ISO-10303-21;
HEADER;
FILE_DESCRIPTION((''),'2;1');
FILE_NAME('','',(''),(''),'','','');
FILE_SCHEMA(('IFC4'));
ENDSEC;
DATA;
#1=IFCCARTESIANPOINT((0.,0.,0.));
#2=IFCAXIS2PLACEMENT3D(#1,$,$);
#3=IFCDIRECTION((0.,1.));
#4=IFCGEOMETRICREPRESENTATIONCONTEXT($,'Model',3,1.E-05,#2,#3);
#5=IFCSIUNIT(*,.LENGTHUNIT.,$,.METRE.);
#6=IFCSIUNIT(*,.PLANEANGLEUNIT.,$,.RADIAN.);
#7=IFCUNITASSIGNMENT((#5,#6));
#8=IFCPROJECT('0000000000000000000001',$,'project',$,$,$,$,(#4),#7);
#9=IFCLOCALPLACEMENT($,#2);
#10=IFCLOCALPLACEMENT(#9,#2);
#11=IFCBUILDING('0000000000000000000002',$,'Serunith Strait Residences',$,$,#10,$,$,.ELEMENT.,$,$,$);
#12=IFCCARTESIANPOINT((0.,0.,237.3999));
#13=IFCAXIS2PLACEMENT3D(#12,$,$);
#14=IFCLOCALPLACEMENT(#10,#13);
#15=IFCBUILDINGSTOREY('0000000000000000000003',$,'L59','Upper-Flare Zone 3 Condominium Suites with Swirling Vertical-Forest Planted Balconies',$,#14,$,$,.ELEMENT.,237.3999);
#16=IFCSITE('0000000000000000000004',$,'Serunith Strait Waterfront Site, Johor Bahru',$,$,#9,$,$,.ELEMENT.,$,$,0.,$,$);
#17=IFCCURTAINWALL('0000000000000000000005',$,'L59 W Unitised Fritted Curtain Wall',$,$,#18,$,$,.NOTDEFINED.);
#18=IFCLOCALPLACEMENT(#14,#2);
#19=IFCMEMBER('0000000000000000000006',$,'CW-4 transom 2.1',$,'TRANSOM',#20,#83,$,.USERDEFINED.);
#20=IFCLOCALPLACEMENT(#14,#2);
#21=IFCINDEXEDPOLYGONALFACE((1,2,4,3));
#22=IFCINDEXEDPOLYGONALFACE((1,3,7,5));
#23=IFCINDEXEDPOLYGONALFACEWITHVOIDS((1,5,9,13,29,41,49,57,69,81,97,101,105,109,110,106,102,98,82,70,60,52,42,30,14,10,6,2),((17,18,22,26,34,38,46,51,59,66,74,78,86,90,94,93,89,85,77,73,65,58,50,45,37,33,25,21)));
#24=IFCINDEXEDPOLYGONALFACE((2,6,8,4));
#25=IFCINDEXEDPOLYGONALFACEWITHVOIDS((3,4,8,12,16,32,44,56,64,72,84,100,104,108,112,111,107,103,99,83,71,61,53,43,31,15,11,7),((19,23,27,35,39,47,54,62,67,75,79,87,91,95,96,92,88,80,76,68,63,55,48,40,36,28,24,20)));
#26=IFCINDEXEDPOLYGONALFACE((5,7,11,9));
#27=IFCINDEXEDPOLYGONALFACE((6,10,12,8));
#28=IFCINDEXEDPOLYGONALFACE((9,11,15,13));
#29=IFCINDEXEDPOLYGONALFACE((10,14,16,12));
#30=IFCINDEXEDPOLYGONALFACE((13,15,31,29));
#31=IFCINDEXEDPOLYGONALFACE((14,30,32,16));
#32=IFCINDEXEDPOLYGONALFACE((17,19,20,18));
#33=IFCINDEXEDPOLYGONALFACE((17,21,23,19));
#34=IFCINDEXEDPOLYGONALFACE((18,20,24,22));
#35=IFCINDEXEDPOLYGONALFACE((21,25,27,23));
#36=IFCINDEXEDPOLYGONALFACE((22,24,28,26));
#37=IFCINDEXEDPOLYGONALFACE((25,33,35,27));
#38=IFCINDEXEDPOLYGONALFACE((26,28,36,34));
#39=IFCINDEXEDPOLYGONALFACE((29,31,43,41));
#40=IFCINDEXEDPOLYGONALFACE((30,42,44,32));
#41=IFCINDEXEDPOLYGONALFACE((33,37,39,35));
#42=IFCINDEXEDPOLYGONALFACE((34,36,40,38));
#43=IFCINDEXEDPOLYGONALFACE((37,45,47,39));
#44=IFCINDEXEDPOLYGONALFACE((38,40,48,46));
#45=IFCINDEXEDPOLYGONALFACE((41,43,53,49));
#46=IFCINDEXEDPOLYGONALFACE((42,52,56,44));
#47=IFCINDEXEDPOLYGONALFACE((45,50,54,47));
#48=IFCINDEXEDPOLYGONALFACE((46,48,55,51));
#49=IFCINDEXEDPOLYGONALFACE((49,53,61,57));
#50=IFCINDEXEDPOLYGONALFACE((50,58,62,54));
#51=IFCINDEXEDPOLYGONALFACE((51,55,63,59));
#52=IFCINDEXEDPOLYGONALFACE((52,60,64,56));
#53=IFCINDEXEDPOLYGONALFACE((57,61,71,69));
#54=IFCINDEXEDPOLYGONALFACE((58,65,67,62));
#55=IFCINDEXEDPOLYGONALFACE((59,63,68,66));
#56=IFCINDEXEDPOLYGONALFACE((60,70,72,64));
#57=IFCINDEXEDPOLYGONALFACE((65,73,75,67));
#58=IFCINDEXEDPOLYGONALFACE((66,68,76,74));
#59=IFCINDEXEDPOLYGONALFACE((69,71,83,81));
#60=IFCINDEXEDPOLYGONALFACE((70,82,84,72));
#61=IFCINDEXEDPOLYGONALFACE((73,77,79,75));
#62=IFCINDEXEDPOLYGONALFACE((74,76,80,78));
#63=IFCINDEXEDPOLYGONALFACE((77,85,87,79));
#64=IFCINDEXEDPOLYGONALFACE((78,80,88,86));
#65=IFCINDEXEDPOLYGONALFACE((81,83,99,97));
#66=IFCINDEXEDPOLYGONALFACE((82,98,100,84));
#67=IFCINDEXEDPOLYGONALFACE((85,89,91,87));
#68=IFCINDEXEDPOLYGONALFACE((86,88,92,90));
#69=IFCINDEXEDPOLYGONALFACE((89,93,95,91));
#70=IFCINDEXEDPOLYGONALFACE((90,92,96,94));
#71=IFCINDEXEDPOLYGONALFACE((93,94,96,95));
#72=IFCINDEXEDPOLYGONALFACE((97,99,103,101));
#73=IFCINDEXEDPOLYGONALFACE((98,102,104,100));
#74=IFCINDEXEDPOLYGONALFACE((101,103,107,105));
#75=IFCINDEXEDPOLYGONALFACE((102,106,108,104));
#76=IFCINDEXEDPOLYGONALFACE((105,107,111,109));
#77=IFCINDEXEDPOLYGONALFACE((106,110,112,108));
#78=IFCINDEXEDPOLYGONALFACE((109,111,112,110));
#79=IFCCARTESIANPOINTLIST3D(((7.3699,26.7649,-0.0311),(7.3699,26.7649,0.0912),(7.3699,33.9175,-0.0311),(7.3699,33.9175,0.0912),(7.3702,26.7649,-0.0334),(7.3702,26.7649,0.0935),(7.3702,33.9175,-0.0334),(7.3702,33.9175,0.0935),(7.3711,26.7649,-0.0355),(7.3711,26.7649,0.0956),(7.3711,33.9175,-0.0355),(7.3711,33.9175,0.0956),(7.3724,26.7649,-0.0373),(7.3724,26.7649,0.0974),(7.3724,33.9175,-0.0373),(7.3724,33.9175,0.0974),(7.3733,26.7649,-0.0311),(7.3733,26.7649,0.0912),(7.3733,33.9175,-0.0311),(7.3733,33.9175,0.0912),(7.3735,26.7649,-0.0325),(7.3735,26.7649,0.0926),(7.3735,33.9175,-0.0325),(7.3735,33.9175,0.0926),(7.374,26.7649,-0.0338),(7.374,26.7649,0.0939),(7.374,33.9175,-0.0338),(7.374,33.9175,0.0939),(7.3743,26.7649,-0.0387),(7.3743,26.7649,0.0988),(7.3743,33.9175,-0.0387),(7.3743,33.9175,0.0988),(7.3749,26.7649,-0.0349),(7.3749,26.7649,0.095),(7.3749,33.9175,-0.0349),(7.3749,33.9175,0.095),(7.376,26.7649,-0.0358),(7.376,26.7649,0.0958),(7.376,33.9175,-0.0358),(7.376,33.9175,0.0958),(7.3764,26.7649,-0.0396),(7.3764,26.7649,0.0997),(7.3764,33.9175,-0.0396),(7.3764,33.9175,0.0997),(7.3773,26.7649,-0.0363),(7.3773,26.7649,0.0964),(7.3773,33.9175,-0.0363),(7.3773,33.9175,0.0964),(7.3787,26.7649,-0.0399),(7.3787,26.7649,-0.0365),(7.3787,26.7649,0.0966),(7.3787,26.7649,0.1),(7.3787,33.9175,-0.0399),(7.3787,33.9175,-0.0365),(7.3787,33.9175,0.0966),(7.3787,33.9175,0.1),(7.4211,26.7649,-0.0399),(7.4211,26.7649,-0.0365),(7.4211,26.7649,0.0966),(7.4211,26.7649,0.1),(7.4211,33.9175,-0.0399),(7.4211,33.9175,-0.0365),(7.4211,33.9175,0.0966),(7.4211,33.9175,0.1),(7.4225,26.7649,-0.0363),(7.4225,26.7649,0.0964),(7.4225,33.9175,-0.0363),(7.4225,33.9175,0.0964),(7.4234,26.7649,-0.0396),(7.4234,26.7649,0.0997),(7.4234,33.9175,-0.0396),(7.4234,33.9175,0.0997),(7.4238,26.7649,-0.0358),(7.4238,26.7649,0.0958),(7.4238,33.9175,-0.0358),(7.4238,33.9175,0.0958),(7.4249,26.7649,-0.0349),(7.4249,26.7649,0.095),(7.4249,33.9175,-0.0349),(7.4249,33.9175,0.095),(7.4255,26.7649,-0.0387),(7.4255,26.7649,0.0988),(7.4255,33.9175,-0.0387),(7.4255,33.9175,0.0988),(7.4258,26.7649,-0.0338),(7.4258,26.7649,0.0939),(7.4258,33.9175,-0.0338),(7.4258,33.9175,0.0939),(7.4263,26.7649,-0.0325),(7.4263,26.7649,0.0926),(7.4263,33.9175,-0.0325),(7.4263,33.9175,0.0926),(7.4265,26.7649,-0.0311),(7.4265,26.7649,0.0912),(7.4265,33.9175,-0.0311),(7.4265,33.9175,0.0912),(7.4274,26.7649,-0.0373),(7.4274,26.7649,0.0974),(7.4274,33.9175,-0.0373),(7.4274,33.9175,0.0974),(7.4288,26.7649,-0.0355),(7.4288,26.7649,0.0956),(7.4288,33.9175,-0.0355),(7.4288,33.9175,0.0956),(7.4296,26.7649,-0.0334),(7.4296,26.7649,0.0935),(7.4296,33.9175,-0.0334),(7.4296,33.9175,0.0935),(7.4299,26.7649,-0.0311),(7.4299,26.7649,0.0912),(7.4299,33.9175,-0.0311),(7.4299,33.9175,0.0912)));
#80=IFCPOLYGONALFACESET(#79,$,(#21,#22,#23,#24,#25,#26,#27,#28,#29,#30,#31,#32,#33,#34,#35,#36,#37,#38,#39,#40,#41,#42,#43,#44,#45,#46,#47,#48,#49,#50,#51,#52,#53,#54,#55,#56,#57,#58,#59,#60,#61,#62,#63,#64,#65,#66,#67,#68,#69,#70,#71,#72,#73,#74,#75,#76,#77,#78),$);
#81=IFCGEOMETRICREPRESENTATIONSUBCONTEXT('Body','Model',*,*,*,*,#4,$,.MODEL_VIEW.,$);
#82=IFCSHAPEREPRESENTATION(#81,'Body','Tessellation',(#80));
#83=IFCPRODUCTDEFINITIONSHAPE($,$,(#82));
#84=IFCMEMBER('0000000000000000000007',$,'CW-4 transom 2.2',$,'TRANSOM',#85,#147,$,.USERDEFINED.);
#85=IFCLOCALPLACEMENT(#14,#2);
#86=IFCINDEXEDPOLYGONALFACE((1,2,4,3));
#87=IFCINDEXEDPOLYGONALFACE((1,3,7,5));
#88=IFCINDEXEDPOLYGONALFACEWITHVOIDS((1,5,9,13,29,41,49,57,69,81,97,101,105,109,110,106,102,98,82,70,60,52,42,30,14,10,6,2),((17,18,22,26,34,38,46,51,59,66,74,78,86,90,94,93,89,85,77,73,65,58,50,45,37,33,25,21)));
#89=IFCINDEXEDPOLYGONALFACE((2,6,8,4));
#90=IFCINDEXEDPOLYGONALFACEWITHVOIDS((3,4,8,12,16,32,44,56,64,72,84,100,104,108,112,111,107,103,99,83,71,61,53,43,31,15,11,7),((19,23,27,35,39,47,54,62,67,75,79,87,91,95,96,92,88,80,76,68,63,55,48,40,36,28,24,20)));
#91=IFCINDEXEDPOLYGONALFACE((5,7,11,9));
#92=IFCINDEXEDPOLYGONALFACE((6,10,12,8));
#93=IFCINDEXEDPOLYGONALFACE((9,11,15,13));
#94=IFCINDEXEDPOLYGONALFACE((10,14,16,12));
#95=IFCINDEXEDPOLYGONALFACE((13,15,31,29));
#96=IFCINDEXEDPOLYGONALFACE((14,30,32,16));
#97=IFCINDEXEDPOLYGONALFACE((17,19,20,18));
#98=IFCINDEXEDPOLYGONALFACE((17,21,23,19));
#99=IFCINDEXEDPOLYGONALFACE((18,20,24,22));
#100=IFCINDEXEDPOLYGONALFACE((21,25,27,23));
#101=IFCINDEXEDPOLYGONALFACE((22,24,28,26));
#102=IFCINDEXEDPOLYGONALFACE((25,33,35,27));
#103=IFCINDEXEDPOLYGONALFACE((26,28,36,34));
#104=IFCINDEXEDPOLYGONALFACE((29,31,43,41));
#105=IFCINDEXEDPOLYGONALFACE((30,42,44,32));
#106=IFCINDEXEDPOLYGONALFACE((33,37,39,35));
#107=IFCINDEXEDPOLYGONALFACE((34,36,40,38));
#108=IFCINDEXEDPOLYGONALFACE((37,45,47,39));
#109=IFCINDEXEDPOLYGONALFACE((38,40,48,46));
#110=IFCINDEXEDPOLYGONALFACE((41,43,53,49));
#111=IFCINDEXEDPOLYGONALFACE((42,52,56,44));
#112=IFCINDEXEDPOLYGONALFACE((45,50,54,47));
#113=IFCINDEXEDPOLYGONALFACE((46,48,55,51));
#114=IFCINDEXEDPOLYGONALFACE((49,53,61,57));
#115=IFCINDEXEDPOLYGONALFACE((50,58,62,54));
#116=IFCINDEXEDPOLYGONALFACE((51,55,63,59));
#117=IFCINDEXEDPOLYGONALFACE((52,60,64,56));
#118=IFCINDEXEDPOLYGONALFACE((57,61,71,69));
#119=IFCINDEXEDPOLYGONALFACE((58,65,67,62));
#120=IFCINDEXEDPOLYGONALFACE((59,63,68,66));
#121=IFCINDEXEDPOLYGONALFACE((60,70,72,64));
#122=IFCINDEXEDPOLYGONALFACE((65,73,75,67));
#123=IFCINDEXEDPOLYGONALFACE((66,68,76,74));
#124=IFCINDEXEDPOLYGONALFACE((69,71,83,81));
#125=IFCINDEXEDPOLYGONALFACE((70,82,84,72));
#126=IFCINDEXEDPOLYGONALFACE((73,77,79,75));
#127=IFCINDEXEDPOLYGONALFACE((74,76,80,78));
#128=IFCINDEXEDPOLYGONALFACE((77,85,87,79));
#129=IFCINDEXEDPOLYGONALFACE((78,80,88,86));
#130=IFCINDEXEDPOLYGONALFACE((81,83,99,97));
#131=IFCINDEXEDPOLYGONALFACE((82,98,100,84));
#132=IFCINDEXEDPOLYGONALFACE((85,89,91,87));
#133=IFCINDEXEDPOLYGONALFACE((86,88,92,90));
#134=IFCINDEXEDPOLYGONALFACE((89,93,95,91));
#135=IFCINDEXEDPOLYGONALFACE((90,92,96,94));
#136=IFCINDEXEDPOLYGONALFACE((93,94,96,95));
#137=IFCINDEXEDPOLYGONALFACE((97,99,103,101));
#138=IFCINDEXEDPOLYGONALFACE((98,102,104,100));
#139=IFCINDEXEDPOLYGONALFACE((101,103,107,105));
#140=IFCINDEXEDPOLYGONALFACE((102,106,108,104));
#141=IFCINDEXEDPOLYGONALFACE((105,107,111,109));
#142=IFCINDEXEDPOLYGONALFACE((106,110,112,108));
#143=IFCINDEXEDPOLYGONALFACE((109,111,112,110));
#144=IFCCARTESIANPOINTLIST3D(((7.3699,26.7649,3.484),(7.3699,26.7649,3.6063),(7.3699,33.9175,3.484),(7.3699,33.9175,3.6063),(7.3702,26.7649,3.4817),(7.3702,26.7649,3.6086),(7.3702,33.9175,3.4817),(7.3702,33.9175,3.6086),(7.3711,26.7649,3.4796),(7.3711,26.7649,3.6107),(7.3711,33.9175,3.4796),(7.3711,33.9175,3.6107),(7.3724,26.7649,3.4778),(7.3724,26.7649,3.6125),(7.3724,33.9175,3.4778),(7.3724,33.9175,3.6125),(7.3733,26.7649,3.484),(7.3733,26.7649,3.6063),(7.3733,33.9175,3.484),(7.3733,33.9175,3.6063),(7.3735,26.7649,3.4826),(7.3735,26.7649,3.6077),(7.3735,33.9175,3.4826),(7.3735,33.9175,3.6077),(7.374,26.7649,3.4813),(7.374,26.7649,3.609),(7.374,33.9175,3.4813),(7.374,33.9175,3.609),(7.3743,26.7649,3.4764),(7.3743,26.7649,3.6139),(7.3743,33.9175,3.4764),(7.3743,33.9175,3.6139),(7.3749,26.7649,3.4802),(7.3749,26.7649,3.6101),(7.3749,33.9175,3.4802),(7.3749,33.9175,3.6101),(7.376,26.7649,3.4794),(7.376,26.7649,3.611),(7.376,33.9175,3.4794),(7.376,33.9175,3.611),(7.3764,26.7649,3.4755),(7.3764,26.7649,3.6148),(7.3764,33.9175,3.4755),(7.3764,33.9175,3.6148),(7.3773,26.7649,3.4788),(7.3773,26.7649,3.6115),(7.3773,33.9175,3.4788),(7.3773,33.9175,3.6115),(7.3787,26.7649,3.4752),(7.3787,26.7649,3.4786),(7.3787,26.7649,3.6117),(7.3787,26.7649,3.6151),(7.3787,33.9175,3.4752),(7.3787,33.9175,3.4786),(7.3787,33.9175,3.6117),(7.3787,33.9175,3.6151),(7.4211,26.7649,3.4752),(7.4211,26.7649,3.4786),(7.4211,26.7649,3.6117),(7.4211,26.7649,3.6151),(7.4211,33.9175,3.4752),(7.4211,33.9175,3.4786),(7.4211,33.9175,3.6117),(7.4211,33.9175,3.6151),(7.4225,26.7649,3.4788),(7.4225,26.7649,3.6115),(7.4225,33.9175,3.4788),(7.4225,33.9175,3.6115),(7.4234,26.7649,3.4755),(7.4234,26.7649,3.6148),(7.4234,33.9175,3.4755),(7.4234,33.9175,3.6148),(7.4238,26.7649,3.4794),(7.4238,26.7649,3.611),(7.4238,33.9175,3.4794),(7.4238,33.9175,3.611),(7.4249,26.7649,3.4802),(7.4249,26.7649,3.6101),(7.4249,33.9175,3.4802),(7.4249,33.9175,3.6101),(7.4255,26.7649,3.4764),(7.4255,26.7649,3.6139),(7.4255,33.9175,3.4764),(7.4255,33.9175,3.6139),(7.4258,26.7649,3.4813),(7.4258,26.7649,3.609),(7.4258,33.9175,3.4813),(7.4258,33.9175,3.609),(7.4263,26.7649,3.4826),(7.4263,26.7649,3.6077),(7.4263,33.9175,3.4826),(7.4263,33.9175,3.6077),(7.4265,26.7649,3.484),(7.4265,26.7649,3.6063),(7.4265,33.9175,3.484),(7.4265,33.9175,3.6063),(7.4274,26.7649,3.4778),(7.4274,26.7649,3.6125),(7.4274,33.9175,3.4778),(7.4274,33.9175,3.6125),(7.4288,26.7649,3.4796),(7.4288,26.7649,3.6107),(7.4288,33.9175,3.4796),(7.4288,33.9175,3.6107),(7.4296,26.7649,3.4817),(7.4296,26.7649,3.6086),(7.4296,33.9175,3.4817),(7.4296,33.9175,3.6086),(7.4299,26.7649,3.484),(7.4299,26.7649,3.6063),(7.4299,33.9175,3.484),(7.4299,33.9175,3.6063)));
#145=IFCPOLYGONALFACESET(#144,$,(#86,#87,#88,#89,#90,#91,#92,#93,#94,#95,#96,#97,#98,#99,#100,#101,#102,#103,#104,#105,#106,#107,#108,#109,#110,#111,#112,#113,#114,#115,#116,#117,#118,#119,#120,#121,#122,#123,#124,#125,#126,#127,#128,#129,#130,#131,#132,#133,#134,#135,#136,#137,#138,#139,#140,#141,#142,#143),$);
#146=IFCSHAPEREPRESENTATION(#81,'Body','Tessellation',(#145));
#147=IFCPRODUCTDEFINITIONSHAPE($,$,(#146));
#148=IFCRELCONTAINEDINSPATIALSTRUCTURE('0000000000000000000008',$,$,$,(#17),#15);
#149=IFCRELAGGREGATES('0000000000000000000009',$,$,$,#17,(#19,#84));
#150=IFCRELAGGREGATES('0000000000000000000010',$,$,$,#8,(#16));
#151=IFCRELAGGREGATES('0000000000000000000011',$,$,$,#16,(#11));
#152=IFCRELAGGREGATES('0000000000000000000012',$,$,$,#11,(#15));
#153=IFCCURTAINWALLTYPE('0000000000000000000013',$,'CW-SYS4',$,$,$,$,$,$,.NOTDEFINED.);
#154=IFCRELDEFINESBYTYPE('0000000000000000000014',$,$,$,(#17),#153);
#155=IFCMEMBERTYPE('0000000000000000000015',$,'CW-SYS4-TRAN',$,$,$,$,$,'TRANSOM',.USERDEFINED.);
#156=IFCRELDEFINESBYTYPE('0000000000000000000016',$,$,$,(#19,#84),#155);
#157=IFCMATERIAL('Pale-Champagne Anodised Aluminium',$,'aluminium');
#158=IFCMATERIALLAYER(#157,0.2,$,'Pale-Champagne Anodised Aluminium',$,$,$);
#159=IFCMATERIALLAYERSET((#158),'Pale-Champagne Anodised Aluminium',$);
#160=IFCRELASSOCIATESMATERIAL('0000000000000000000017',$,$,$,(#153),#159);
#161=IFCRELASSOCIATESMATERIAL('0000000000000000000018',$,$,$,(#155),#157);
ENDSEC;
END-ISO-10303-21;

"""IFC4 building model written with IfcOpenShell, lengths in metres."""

from ifc_helpers import new_model, si_unit, direction, frame, origin, origin_2d, place, context, subcontext, project, spatial, hollow_rectangle, extrude, source, transform, mapped, material, layer, layer_set, material_profile, profile_set, type_object, element, aggregate, save


model = new_model("IFC4")

# Units and contexts
model_context = context("Model", 3, precision=1e-05, world=origin(), true_north=direction((0.0, 1.0)))
body_context = subcontext(model_context, "Body", "Model", "MODEL_VIEW")
ifc_project = project(units=[si_unit("LENGTHUNIT", "METRE"), si_unit("PLANEANGLEUNIT", "RADIAN")], contexts=[model_context])

# Site, building, storey
site_placement = place(None, origin())
site = spatial("IfcSite", under=ifc_project, at=site_placement, Name="Serunith Strait Waterfront Site, Johor Bahru", CompositionType="ELEMENT", RefElevation=0.0)
building_placement = place(site_placement, origin())
building = spatial("IfcBuilding", under=site, at=building_placement, Name="Serunith Strait Residences", CompositionType="ELEMENT")
storey_placement = place(building_placement, frame((0.0, 0.0, 237.3999)))
storey = spatial("IfcBuildingStorey", under=building, at=storey_placement, Name="L59", Description="Upper-Flare Zone 3 Condominium Suites with Swirling Vertical-Forest Planted Balconies", CompositionType="ELEMENT", Elevation=237.3999)

# Curtain wall, members
ifc_material_1 = material(Name="Pale-Champagne Anodised Aluminium", Category="aluminium")
ifc_layer_1 = layer(ifc_material_1, 0.2, Name="Pale-Champagne Anodised Aluminium")
ifc_layer_set_1 = layer_set([ifc_layer_1], Name="Pale-Champagne Anodised Aluminium")
curtain_wall_type = type_object("IfcCurtainWallType", Name="CW-SYS4", PredefinedType="NOTDEFINED", material=ifc_layer_set_1)
curtain_wall_placement = place(storey_placement, origin())
curtain_wall = element("IfcCurtainWall", 1, at=curtain_wall_placement, inside=storey, type_object=curtain_wall_type, Name="L59 W Unitised Fritted Curtain Wall", PredefinedType="NOTDEFINED")
ifc_material_profile_1 = material_profile(ifc_material_1, hollow_rectangle(XDim=0.0601, YDim=0.1399, WallThickness=0.0034, InnerFilletRadius=0.0054, OuterFilletRadius=0.0088, at=origin_2d()), Name="ALU 140x60x3.5")
ifc_profile_set_1 = profile_set([ifc_material_profile_1], Name="Pale-Champagne Anodised Aluminium")
member_type_1 = type_object("IfcMemberType", Name="CW-SYS4-TRAN", ElementType="TRANSOM", PredefinedType="USERDEFINED", material=ifc_profile_set_1)
shared_shape_1 = source(origin(), body_context, "Body", "SweptSolid", [
    extrude(hollow_rectangle(XDim=0.0601, YDim=0.1399, WallThickness=0.0034, InnerFilletRadius=0.0054, OuterFilletRadius=0.0088, at=origin_2d()), origin(), (0.0, 0.0, 1.0), 7.1526),
])
member_1_placement = place(storey_placement, frame((7.3999, 33.9175, 0.03), z_axis=(0.0, -1.0, 0.0), x_axis=(1.0, 0.0, 0.0)))
member_1 = element("IfcMember", 2, at=member_1_placement, type_object=member_type_1, Name="CW-4 transom 2.1", ObjectType="TRANSOM", PredefinedType="USERDEFINED", context=body_context, shape_type="MappedRepresentation", body=[
    mapped(shared_shape_1, transform((0.0, 0.0, 0.0), scale=1.0)),
])
member_2_placement = place(storey_placement, frame((7.3999, 33.9175, 3.5452), z_axis=(0.0, -1.0, 0.0), x_axis=(1.0, 0.0, 0.0)))
member_2 = element("IfcMember", 3, at=member_2_placement, type_object=member_type_1, Name="CW-4 transom 2.2", ObjectType="TRANSOM", PredefinedType="USERDEFINED", context=body_context, shape_type="MappedRepresentation", body=[
    mapped(shared_shape_1, transform((0.0, 0.0, 0.0), scale=1.0)),
])
aggregate(curtain_wall, [member_1, member_2])

save(model, "model.ifc")
